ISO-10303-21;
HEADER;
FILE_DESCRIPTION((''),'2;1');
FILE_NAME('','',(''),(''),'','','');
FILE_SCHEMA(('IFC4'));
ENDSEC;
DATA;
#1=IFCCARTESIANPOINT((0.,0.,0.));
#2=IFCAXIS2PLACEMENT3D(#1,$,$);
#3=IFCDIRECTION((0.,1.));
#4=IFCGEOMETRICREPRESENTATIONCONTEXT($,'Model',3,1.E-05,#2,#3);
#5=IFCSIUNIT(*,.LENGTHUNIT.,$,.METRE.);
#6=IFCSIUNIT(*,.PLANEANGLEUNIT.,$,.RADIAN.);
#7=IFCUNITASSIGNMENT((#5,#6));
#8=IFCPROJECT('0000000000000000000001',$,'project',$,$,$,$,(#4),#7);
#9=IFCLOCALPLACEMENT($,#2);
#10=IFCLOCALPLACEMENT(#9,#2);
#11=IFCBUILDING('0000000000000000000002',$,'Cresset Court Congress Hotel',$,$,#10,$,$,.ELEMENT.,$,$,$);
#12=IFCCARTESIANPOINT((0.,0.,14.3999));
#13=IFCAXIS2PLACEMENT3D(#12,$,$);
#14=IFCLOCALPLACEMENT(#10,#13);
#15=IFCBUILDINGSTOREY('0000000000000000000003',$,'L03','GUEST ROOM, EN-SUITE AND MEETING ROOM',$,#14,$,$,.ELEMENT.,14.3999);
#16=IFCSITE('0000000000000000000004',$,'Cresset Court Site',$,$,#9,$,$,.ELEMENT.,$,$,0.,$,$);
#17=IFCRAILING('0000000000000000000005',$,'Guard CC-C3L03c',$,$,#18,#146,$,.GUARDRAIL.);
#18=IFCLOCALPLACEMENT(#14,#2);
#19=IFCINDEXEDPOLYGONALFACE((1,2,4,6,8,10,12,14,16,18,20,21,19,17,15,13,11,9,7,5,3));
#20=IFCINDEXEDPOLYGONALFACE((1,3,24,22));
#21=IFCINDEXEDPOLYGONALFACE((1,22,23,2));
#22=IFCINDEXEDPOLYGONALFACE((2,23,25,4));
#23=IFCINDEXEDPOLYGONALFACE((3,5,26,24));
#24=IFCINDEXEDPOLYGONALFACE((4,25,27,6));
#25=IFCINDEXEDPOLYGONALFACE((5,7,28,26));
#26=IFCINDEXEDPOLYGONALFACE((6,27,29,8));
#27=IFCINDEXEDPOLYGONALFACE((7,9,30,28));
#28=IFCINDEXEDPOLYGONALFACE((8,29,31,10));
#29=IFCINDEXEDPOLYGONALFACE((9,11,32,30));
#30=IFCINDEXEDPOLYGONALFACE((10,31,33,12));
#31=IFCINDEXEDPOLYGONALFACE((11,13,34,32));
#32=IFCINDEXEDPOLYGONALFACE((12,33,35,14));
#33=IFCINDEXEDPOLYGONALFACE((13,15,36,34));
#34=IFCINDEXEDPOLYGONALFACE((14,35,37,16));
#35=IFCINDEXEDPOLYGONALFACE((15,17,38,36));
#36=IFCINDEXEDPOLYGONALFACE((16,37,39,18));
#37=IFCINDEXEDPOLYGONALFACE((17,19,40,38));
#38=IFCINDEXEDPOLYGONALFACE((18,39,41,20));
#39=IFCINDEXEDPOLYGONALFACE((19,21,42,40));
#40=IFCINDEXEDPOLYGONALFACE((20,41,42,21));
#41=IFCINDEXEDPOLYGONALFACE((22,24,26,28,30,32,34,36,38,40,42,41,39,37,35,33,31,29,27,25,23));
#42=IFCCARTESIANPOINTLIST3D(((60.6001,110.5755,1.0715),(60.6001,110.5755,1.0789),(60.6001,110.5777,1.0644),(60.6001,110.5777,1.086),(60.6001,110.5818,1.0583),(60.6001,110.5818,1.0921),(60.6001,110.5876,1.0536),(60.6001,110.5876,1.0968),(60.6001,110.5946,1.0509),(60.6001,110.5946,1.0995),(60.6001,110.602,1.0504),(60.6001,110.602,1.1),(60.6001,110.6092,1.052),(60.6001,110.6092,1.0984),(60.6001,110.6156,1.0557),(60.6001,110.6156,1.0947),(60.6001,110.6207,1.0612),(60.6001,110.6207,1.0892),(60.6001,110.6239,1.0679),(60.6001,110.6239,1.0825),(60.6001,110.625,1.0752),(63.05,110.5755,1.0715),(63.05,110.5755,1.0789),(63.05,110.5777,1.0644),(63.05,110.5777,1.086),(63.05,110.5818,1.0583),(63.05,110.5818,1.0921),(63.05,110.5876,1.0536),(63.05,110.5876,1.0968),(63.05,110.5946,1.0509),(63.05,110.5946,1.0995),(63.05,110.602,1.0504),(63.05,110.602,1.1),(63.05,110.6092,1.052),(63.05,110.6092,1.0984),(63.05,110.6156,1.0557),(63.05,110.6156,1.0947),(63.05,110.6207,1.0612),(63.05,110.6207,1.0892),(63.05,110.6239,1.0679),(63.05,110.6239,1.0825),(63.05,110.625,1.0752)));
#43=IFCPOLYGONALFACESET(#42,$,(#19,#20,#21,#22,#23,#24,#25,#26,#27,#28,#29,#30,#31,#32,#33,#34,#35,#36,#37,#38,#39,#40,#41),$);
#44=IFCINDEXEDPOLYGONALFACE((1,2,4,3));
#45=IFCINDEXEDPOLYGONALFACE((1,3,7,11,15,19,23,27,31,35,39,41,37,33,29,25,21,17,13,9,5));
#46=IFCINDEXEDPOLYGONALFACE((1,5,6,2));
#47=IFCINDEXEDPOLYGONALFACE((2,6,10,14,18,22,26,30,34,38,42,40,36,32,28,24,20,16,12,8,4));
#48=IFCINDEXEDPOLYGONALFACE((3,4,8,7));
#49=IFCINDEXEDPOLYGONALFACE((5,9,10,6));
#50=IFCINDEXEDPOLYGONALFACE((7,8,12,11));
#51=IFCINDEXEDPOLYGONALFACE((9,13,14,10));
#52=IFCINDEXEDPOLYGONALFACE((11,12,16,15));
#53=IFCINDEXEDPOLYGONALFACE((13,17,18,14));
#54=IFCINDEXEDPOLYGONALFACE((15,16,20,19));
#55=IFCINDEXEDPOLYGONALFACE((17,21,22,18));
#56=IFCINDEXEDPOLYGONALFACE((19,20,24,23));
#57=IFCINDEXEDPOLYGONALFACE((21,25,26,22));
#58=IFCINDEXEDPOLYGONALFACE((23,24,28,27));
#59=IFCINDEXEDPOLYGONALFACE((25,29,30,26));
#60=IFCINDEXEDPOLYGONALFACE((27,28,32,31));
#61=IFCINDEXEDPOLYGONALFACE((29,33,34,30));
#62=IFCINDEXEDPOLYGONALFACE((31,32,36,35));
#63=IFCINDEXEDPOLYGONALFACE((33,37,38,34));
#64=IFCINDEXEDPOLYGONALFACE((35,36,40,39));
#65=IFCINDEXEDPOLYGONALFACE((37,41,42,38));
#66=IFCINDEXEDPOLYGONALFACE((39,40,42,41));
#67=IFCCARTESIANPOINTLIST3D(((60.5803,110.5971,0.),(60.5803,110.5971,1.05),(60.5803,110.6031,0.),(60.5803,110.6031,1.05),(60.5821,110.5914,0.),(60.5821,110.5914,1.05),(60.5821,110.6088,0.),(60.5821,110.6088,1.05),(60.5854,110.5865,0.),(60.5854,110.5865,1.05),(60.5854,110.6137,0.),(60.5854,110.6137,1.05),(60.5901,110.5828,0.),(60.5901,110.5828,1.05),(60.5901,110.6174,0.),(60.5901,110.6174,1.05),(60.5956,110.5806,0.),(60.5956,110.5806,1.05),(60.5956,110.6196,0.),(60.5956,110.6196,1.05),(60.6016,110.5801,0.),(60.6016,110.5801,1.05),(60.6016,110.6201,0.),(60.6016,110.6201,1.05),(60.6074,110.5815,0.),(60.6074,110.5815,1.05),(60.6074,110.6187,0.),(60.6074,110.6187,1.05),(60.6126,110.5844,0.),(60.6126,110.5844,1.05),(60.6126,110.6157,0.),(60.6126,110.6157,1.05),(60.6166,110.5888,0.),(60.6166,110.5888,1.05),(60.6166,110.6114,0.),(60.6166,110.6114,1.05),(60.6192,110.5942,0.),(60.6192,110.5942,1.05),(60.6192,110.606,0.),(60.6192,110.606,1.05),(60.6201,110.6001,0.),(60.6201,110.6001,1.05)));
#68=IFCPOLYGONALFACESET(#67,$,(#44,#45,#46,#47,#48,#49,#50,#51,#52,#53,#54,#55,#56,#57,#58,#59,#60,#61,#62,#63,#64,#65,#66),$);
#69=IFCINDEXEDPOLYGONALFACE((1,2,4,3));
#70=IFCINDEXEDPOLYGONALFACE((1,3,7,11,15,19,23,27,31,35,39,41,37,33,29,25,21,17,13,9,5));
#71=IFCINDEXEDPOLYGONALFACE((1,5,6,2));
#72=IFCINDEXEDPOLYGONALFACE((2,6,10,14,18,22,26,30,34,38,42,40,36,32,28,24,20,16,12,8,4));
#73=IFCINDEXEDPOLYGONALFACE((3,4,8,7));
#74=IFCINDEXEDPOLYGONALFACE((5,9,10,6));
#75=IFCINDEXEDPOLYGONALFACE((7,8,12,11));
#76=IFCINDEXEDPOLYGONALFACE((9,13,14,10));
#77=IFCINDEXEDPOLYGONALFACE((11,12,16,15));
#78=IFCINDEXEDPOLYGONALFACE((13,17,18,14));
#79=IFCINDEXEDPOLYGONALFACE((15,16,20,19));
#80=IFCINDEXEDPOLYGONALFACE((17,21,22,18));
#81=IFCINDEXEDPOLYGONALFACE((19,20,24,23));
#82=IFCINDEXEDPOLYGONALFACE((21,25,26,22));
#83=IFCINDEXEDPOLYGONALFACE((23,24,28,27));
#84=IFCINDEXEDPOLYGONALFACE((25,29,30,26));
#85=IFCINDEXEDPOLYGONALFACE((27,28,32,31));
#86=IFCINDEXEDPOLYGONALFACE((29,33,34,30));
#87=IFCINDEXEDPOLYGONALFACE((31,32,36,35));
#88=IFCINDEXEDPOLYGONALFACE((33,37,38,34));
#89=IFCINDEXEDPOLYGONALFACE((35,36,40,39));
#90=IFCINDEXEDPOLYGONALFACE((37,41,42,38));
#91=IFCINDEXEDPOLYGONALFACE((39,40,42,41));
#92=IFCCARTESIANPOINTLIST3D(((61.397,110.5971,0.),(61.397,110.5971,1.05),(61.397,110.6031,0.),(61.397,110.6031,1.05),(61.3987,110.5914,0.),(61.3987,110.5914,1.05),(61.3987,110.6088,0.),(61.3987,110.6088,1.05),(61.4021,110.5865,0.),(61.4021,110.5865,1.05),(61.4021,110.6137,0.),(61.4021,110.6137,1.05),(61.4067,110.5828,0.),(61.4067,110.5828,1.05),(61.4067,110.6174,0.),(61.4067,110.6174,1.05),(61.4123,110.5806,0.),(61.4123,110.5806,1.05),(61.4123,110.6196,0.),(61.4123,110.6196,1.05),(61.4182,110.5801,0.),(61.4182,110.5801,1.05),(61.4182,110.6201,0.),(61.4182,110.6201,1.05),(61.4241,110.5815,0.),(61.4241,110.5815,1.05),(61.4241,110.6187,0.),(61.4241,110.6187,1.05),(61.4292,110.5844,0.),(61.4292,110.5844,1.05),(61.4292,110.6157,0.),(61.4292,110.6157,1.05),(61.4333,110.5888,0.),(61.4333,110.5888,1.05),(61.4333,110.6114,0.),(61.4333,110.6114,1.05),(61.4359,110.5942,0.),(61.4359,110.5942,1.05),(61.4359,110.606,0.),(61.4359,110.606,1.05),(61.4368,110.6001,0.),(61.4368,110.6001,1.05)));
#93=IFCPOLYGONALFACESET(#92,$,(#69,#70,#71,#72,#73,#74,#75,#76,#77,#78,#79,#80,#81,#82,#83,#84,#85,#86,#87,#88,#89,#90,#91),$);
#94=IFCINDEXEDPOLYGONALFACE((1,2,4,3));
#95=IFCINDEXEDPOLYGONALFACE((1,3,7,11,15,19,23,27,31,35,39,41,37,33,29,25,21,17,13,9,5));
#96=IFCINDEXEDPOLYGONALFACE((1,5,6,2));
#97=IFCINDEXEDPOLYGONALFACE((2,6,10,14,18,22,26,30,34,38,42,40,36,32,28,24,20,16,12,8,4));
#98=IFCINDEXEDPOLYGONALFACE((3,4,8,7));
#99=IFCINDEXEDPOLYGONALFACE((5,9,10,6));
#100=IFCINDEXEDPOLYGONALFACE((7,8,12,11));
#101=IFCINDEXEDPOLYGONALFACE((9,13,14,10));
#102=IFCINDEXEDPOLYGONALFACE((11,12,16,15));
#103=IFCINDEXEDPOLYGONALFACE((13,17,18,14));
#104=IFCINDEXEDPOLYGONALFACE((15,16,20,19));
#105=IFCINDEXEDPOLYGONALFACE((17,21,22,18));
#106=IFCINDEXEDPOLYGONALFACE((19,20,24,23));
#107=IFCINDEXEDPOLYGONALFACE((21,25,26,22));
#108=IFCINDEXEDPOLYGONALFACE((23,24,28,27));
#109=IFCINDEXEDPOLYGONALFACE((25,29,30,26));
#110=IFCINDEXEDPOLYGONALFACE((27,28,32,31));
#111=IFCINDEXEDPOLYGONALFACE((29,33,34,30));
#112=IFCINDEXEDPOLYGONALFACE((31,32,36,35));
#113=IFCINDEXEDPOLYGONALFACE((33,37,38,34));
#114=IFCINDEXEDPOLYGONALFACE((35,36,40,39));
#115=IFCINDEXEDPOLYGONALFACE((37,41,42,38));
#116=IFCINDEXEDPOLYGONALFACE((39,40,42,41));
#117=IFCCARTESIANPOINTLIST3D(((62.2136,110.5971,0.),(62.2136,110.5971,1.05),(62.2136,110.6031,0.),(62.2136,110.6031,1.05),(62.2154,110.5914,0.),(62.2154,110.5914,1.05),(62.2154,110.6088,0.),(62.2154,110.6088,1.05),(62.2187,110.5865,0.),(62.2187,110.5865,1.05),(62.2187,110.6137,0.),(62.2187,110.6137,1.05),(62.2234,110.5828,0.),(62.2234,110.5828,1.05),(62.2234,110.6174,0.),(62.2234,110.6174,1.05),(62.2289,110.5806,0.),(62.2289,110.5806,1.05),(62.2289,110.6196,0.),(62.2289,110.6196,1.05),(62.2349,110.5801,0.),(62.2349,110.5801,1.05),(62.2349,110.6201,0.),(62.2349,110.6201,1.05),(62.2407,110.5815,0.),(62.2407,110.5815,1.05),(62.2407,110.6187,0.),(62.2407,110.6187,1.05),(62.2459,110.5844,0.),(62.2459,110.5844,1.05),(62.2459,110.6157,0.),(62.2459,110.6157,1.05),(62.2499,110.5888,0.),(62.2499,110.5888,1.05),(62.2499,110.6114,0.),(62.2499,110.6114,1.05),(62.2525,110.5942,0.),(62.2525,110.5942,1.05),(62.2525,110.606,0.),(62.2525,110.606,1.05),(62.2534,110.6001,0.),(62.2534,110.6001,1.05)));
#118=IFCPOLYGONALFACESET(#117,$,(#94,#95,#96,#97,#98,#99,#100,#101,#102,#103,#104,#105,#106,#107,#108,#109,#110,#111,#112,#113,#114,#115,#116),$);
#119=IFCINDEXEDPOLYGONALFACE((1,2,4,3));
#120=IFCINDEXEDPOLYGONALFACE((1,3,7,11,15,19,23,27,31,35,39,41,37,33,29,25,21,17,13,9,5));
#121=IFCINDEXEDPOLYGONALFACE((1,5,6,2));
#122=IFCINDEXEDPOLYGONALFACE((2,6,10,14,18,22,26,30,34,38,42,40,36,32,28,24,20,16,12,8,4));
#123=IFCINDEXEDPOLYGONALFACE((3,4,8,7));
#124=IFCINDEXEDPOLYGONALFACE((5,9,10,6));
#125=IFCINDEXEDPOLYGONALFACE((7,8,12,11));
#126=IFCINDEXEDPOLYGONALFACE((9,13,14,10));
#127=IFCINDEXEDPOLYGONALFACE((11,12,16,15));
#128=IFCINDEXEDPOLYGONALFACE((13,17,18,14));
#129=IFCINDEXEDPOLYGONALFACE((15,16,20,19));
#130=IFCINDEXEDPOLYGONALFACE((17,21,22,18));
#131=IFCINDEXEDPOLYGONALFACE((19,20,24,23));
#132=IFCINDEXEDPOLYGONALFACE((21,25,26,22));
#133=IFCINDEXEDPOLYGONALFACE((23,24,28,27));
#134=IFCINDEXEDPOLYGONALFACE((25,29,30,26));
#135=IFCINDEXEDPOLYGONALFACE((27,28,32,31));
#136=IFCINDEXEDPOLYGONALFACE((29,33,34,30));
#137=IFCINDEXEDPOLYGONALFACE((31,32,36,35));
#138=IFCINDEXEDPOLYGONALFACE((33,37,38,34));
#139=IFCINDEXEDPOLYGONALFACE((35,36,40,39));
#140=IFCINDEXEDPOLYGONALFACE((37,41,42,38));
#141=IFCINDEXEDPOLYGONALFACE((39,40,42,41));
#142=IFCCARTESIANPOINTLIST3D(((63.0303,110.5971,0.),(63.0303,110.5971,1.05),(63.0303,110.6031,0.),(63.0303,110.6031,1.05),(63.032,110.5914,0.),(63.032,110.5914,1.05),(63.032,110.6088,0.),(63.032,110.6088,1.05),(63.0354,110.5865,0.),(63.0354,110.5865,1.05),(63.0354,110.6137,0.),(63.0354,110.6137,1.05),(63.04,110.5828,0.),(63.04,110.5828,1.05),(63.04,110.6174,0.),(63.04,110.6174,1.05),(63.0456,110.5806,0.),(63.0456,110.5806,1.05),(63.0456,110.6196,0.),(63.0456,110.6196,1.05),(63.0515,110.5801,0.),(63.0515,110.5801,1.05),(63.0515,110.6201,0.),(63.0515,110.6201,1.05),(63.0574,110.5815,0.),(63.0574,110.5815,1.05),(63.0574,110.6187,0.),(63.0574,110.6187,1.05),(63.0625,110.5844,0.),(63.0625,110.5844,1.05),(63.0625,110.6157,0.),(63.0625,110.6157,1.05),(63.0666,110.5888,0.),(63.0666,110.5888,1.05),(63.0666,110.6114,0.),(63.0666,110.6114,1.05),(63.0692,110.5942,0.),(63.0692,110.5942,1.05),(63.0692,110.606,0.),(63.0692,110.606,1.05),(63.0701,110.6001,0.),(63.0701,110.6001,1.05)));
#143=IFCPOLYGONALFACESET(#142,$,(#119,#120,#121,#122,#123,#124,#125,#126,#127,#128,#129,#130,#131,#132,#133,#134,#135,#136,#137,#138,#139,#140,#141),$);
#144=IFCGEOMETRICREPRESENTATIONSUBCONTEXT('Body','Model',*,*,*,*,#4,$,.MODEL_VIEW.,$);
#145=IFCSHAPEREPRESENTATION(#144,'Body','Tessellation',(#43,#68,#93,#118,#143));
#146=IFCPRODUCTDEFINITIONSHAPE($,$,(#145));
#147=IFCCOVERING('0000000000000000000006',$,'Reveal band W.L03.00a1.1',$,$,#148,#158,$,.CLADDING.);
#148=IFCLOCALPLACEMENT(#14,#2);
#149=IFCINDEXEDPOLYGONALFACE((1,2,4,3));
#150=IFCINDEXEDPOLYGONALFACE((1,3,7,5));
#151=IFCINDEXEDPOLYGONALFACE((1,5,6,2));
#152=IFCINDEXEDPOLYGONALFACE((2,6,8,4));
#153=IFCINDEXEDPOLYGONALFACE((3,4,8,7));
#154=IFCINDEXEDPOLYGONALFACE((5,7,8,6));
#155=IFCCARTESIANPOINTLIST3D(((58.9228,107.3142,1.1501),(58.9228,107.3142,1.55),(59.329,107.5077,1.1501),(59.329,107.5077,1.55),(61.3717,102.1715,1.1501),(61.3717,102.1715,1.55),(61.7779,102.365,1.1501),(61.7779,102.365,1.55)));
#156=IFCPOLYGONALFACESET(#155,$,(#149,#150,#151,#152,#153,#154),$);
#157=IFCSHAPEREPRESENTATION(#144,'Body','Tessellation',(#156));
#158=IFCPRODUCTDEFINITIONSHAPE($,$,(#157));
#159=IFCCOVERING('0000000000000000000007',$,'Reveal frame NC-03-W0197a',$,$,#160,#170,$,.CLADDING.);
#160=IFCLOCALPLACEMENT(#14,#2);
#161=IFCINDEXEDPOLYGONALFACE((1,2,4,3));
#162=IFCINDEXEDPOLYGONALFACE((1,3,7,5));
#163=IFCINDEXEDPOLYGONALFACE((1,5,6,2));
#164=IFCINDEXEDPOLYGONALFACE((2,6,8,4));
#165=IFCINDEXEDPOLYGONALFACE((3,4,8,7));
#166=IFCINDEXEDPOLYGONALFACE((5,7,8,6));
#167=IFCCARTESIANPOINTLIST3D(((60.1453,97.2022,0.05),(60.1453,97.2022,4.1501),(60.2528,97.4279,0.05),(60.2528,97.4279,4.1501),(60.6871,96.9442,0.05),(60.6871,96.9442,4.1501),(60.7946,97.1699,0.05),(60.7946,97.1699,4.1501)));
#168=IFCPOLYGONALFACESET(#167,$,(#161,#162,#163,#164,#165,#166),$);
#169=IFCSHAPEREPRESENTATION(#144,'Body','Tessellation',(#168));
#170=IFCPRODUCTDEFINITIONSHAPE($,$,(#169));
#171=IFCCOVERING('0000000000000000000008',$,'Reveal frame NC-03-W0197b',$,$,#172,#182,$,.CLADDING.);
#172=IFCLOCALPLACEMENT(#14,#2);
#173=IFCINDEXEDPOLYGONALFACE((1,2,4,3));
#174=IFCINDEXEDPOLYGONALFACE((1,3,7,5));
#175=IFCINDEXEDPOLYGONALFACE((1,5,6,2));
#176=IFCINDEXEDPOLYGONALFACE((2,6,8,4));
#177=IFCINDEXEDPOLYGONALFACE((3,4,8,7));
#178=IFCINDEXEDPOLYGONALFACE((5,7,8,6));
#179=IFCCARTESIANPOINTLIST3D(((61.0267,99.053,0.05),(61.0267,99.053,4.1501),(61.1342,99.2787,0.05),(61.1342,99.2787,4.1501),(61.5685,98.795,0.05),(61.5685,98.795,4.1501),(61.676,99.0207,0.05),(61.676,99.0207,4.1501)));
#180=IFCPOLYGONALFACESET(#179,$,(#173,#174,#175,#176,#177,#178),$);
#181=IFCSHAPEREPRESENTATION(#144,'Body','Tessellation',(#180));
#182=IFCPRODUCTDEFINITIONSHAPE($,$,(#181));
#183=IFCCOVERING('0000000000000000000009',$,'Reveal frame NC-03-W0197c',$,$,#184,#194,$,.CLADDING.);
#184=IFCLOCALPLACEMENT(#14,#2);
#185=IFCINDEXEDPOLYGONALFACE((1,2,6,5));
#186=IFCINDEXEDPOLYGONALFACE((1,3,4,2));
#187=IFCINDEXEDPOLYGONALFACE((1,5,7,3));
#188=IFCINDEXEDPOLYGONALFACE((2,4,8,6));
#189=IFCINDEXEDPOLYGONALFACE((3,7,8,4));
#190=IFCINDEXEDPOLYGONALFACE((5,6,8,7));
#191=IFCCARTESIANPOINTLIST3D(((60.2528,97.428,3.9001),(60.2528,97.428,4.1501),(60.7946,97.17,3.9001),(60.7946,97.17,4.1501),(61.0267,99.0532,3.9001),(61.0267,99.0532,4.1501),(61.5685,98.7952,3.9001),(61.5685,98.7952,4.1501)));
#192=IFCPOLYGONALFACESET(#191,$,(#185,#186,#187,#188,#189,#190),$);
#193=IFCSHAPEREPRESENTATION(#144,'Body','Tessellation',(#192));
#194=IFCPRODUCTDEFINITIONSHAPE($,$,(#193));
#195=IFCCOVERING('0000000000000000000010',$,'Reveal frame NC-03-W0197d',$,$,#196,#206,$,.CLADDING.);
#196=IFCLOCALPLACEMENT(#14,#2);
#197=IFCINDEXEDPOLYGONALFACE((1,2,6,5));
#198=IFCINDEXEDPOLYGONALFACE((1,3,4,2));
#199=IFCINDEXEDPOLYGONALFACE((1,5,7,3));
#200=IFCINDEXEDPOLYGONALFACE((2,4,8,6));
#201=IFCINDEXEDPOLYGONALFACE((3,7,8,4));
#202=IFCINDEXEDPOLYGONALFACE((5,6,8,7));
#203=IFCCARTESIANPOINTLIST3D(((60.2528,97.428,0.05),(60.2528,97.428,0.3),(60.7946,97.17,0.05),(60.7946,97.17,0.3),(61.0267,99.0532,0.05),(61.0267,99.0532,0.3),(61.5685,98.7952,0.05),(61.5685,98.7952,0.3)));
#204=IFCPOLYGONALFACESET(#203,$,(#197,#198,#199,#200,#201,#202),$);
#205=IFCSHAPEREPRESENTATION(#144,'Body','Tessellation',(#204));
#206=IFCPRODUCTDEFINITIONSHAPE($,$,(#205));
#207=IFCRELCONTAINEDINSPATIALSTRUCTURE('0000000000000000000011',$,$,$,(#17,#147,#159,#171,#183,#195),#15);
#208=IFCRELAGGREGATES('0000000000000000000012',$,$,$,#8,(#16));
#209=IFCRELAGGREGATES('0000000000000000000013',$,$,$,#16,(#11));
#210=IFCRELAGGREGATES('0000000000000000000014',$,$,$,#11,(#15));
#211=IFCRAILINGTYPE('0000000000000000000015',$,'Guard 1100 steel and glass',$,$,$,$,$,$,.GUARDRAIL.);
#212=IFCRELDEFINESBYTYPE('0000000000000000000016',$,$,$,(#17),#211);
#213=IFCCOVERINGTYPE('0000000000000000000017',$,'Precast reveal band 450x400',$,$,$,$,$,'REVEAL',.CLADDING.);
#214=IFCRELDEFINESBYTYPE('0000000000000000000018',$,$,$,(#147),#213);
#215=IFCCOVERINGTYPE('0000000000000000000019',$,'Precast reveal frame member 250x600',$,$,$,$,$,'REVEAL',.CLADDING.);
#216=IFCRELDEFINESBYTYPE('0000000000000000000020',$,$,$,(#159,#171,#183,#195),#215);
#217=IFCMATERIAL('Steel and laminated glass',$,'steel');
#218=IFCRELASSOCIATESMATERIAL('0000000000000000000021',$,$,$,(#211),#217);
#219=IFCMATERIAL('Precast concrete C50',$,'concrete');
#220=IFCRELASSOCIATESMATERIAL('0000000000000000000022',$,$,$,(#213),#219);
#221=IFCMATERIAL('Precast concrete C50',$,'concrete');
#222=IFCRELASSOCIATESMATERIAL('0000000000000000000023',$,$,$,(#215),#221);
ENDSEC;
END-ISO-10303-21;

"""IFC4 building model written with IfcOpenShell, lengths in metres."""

from ifc_helpers import new_model, si_unit, direction, frame, origin, origin_2d, place, context, subcontext, project, spatial, rectangle, circle, extrude, material, type_object, element, save


model = new_model("IFC4")

# Units and contexts
model_context = context("Model", 3, precision=1e-05, world=origin(), true_north=direction((0.0, 1.0)))
body_context = subcontext(model_context, "Body", "Model", "MODEL_VIEW")
ifc_project = project(units=[si_unit("LENGTHUNIT", "METRE"), si_unit("PLANEANGLEUNIT", "RADIAN")], contexts=[model_context])

# Site, building, storey
site_placement = place(None, origin())
site = spatial("IfcSite", under=ifc_project, at=site_placement, Name="Cresset Court Site", CompositionType="ELEMENT", RefElevation=0.0)
building_placement = place(site_placement, origin())
building = spatial("IfcBuilding", under=site, at=building_placement, Name="Cresset Court Congress Hotel", CompositionType="ELEMENT")
storey_placement = place(building_placement, frame((0.0, 0.0, 14.3999)))
storey = spatial("IfcBuildingStorey", under=building, at=storey_placement, Name="L03", Description="GUEST ROOM, EN-SUITE AND MEETING ROOM", CompositionType="ELEMENT", Elevation=14.3999)

# Railing
ifc_material_1 = material(Name="Steel and laminated glass", Category="steel")
railing_type = type_object("IfcRailingType", Name="Guard 1100 steel and glass", PredefinedType="GUARDRAIL", material=ifc_material_1)
railing_1_placement = place(storey_placement, frame((60.6001, 110.6001, 0.0)))
element("IfcRailing", 1, at=railing_1_placement, inside=storey, type_object=railing_type, Name="Guard CC-C3L03c", PredefinedType="GUARDRAIL", context=body_context, shape_type="SweptSolid", body=[
    extrude(circle(Radius=0.0249, at=origin_2d()), frame((0.0, 0.0, 1.0752), z_axis=(1.0, 0.0, 0.0), x_axis=(0.0, 1.0, 0.0)), (0.0, 0.0, 1.0), 2.45),
    extrude(circle(Radius=0.02, at=origin_2d()), origin(), (0.0, 0.0, 1.0), 1.05),
    extrude(circle(Radius=0.02, at=origin_2d()), frame((0.8167, 0.0, 0.0)), (0.0, 0.0, 1.0), 1.05),
    extrude(circle(Radius=0.02, at=origin_2d()), frame((1.6333, 0.0, 0.0)), (0.0, 0.0, 1.0), 1.05),
    extrude(circle(Radius=0.02, at=origin_2d()), frame((2.45, 0.0, 0.0)), (0.0, 0.0, 1.0), 1.05),
])

# Coverings
ifc_material_2 = material(Name="Precast concrete C50", Category="concrete")
covering_type_1 = type_object("IfcCoveringType", Name="Precast reveal band 450x400", ElementType="REVEAL", PredefinedType="CLADDING", material=ifc_material_2)
covering_1_placement = place(storey_placement, frame((60.3503, 104.8396, 1.1501), z_axis=(0.0, 0.0, 1.0), x_axis=(-0.429933, 0.902861, 0.0)))
element("IfcCovering", 2, at=covering_1_placement, inside=storey, type_object=covering_type_1, Name="Reveal band W.L03.00a1.1", PredefinedType="CLADDING", context=body_context, shape_type="SweptSolid", body=[
    extrude(rectangle(XDim=5.696, YDim=0.45, at=origin_2d()), origin(), (0.0, 0.0, 1.0), 0.3999),
])
ifc_material_3 = material(Name="Precast concrete C50", Category="concrete")
covering_type_2 = type_object("IfcCoveringType", Name="Precast reveal frame member 250x600", ElementType="REVEAL", PredefinedType="CLADDING", material=ifc_material_3)
for number, where, z_axis, x_axis, name in (
    (3, (60.47, 97.186, 0.05), (0.0, 0.0, 1.0), (0.429933, 0.902861, 0.0), "Reveal frame NC-03-W0197a"),
    (4, (61.3513, 99.0369, 0.05), (0.0, 0.0, 1.0), (0.429933, 0.902861, 0.0), "Reveal frame NC-03-W0197b"),
):
    element("IfcCovering", number, at=place(storey_placement, frame(where, z_axis=z_axis, x_axis=x_axis)), inside=storey, type_object=covering_type_2, Name=name, PredefinedType="CLADDING", context=body_context, shape_type="SweptSolid", body=[
        extrude(rectangle(XDim=0.25, YDim=0.6001, at=origin_2d()), origin(), (0.0, 0.0, 1.0), 4.1001),
    ])
for number, where, z_axis, x_axis, name in (
    (5, (60.9106, 98.1116, 3.9001), (0.0, 0.0, 1.0), (0.429933, 0.902861, 0.0), "Reveal frame NC-03-W0197c"),
    (6, (60.9106, 98.1116, 0.05), (0.0, 0.0, 1.0), (0.429933, 0.902861, 0.0), "Reveal frame NC-03-W0197d"),
):
    element("IfcCovering", number, at=place(storey_placement, frame(where, z_axis=z_axis, x_axis=x_axis)), inside=storey, type_object=covering_type_2, Name=name, PredefinedType="CLADDING", context=body_context, shape_type="SweptSolid", body=[
        extrude(rectangle(XDim=1.8, YDim=0.6001, at=origin_2d()), origin(), (0.0, 0.0, 1.0), 0.25),
    ])

save(model, "model.ifc")
